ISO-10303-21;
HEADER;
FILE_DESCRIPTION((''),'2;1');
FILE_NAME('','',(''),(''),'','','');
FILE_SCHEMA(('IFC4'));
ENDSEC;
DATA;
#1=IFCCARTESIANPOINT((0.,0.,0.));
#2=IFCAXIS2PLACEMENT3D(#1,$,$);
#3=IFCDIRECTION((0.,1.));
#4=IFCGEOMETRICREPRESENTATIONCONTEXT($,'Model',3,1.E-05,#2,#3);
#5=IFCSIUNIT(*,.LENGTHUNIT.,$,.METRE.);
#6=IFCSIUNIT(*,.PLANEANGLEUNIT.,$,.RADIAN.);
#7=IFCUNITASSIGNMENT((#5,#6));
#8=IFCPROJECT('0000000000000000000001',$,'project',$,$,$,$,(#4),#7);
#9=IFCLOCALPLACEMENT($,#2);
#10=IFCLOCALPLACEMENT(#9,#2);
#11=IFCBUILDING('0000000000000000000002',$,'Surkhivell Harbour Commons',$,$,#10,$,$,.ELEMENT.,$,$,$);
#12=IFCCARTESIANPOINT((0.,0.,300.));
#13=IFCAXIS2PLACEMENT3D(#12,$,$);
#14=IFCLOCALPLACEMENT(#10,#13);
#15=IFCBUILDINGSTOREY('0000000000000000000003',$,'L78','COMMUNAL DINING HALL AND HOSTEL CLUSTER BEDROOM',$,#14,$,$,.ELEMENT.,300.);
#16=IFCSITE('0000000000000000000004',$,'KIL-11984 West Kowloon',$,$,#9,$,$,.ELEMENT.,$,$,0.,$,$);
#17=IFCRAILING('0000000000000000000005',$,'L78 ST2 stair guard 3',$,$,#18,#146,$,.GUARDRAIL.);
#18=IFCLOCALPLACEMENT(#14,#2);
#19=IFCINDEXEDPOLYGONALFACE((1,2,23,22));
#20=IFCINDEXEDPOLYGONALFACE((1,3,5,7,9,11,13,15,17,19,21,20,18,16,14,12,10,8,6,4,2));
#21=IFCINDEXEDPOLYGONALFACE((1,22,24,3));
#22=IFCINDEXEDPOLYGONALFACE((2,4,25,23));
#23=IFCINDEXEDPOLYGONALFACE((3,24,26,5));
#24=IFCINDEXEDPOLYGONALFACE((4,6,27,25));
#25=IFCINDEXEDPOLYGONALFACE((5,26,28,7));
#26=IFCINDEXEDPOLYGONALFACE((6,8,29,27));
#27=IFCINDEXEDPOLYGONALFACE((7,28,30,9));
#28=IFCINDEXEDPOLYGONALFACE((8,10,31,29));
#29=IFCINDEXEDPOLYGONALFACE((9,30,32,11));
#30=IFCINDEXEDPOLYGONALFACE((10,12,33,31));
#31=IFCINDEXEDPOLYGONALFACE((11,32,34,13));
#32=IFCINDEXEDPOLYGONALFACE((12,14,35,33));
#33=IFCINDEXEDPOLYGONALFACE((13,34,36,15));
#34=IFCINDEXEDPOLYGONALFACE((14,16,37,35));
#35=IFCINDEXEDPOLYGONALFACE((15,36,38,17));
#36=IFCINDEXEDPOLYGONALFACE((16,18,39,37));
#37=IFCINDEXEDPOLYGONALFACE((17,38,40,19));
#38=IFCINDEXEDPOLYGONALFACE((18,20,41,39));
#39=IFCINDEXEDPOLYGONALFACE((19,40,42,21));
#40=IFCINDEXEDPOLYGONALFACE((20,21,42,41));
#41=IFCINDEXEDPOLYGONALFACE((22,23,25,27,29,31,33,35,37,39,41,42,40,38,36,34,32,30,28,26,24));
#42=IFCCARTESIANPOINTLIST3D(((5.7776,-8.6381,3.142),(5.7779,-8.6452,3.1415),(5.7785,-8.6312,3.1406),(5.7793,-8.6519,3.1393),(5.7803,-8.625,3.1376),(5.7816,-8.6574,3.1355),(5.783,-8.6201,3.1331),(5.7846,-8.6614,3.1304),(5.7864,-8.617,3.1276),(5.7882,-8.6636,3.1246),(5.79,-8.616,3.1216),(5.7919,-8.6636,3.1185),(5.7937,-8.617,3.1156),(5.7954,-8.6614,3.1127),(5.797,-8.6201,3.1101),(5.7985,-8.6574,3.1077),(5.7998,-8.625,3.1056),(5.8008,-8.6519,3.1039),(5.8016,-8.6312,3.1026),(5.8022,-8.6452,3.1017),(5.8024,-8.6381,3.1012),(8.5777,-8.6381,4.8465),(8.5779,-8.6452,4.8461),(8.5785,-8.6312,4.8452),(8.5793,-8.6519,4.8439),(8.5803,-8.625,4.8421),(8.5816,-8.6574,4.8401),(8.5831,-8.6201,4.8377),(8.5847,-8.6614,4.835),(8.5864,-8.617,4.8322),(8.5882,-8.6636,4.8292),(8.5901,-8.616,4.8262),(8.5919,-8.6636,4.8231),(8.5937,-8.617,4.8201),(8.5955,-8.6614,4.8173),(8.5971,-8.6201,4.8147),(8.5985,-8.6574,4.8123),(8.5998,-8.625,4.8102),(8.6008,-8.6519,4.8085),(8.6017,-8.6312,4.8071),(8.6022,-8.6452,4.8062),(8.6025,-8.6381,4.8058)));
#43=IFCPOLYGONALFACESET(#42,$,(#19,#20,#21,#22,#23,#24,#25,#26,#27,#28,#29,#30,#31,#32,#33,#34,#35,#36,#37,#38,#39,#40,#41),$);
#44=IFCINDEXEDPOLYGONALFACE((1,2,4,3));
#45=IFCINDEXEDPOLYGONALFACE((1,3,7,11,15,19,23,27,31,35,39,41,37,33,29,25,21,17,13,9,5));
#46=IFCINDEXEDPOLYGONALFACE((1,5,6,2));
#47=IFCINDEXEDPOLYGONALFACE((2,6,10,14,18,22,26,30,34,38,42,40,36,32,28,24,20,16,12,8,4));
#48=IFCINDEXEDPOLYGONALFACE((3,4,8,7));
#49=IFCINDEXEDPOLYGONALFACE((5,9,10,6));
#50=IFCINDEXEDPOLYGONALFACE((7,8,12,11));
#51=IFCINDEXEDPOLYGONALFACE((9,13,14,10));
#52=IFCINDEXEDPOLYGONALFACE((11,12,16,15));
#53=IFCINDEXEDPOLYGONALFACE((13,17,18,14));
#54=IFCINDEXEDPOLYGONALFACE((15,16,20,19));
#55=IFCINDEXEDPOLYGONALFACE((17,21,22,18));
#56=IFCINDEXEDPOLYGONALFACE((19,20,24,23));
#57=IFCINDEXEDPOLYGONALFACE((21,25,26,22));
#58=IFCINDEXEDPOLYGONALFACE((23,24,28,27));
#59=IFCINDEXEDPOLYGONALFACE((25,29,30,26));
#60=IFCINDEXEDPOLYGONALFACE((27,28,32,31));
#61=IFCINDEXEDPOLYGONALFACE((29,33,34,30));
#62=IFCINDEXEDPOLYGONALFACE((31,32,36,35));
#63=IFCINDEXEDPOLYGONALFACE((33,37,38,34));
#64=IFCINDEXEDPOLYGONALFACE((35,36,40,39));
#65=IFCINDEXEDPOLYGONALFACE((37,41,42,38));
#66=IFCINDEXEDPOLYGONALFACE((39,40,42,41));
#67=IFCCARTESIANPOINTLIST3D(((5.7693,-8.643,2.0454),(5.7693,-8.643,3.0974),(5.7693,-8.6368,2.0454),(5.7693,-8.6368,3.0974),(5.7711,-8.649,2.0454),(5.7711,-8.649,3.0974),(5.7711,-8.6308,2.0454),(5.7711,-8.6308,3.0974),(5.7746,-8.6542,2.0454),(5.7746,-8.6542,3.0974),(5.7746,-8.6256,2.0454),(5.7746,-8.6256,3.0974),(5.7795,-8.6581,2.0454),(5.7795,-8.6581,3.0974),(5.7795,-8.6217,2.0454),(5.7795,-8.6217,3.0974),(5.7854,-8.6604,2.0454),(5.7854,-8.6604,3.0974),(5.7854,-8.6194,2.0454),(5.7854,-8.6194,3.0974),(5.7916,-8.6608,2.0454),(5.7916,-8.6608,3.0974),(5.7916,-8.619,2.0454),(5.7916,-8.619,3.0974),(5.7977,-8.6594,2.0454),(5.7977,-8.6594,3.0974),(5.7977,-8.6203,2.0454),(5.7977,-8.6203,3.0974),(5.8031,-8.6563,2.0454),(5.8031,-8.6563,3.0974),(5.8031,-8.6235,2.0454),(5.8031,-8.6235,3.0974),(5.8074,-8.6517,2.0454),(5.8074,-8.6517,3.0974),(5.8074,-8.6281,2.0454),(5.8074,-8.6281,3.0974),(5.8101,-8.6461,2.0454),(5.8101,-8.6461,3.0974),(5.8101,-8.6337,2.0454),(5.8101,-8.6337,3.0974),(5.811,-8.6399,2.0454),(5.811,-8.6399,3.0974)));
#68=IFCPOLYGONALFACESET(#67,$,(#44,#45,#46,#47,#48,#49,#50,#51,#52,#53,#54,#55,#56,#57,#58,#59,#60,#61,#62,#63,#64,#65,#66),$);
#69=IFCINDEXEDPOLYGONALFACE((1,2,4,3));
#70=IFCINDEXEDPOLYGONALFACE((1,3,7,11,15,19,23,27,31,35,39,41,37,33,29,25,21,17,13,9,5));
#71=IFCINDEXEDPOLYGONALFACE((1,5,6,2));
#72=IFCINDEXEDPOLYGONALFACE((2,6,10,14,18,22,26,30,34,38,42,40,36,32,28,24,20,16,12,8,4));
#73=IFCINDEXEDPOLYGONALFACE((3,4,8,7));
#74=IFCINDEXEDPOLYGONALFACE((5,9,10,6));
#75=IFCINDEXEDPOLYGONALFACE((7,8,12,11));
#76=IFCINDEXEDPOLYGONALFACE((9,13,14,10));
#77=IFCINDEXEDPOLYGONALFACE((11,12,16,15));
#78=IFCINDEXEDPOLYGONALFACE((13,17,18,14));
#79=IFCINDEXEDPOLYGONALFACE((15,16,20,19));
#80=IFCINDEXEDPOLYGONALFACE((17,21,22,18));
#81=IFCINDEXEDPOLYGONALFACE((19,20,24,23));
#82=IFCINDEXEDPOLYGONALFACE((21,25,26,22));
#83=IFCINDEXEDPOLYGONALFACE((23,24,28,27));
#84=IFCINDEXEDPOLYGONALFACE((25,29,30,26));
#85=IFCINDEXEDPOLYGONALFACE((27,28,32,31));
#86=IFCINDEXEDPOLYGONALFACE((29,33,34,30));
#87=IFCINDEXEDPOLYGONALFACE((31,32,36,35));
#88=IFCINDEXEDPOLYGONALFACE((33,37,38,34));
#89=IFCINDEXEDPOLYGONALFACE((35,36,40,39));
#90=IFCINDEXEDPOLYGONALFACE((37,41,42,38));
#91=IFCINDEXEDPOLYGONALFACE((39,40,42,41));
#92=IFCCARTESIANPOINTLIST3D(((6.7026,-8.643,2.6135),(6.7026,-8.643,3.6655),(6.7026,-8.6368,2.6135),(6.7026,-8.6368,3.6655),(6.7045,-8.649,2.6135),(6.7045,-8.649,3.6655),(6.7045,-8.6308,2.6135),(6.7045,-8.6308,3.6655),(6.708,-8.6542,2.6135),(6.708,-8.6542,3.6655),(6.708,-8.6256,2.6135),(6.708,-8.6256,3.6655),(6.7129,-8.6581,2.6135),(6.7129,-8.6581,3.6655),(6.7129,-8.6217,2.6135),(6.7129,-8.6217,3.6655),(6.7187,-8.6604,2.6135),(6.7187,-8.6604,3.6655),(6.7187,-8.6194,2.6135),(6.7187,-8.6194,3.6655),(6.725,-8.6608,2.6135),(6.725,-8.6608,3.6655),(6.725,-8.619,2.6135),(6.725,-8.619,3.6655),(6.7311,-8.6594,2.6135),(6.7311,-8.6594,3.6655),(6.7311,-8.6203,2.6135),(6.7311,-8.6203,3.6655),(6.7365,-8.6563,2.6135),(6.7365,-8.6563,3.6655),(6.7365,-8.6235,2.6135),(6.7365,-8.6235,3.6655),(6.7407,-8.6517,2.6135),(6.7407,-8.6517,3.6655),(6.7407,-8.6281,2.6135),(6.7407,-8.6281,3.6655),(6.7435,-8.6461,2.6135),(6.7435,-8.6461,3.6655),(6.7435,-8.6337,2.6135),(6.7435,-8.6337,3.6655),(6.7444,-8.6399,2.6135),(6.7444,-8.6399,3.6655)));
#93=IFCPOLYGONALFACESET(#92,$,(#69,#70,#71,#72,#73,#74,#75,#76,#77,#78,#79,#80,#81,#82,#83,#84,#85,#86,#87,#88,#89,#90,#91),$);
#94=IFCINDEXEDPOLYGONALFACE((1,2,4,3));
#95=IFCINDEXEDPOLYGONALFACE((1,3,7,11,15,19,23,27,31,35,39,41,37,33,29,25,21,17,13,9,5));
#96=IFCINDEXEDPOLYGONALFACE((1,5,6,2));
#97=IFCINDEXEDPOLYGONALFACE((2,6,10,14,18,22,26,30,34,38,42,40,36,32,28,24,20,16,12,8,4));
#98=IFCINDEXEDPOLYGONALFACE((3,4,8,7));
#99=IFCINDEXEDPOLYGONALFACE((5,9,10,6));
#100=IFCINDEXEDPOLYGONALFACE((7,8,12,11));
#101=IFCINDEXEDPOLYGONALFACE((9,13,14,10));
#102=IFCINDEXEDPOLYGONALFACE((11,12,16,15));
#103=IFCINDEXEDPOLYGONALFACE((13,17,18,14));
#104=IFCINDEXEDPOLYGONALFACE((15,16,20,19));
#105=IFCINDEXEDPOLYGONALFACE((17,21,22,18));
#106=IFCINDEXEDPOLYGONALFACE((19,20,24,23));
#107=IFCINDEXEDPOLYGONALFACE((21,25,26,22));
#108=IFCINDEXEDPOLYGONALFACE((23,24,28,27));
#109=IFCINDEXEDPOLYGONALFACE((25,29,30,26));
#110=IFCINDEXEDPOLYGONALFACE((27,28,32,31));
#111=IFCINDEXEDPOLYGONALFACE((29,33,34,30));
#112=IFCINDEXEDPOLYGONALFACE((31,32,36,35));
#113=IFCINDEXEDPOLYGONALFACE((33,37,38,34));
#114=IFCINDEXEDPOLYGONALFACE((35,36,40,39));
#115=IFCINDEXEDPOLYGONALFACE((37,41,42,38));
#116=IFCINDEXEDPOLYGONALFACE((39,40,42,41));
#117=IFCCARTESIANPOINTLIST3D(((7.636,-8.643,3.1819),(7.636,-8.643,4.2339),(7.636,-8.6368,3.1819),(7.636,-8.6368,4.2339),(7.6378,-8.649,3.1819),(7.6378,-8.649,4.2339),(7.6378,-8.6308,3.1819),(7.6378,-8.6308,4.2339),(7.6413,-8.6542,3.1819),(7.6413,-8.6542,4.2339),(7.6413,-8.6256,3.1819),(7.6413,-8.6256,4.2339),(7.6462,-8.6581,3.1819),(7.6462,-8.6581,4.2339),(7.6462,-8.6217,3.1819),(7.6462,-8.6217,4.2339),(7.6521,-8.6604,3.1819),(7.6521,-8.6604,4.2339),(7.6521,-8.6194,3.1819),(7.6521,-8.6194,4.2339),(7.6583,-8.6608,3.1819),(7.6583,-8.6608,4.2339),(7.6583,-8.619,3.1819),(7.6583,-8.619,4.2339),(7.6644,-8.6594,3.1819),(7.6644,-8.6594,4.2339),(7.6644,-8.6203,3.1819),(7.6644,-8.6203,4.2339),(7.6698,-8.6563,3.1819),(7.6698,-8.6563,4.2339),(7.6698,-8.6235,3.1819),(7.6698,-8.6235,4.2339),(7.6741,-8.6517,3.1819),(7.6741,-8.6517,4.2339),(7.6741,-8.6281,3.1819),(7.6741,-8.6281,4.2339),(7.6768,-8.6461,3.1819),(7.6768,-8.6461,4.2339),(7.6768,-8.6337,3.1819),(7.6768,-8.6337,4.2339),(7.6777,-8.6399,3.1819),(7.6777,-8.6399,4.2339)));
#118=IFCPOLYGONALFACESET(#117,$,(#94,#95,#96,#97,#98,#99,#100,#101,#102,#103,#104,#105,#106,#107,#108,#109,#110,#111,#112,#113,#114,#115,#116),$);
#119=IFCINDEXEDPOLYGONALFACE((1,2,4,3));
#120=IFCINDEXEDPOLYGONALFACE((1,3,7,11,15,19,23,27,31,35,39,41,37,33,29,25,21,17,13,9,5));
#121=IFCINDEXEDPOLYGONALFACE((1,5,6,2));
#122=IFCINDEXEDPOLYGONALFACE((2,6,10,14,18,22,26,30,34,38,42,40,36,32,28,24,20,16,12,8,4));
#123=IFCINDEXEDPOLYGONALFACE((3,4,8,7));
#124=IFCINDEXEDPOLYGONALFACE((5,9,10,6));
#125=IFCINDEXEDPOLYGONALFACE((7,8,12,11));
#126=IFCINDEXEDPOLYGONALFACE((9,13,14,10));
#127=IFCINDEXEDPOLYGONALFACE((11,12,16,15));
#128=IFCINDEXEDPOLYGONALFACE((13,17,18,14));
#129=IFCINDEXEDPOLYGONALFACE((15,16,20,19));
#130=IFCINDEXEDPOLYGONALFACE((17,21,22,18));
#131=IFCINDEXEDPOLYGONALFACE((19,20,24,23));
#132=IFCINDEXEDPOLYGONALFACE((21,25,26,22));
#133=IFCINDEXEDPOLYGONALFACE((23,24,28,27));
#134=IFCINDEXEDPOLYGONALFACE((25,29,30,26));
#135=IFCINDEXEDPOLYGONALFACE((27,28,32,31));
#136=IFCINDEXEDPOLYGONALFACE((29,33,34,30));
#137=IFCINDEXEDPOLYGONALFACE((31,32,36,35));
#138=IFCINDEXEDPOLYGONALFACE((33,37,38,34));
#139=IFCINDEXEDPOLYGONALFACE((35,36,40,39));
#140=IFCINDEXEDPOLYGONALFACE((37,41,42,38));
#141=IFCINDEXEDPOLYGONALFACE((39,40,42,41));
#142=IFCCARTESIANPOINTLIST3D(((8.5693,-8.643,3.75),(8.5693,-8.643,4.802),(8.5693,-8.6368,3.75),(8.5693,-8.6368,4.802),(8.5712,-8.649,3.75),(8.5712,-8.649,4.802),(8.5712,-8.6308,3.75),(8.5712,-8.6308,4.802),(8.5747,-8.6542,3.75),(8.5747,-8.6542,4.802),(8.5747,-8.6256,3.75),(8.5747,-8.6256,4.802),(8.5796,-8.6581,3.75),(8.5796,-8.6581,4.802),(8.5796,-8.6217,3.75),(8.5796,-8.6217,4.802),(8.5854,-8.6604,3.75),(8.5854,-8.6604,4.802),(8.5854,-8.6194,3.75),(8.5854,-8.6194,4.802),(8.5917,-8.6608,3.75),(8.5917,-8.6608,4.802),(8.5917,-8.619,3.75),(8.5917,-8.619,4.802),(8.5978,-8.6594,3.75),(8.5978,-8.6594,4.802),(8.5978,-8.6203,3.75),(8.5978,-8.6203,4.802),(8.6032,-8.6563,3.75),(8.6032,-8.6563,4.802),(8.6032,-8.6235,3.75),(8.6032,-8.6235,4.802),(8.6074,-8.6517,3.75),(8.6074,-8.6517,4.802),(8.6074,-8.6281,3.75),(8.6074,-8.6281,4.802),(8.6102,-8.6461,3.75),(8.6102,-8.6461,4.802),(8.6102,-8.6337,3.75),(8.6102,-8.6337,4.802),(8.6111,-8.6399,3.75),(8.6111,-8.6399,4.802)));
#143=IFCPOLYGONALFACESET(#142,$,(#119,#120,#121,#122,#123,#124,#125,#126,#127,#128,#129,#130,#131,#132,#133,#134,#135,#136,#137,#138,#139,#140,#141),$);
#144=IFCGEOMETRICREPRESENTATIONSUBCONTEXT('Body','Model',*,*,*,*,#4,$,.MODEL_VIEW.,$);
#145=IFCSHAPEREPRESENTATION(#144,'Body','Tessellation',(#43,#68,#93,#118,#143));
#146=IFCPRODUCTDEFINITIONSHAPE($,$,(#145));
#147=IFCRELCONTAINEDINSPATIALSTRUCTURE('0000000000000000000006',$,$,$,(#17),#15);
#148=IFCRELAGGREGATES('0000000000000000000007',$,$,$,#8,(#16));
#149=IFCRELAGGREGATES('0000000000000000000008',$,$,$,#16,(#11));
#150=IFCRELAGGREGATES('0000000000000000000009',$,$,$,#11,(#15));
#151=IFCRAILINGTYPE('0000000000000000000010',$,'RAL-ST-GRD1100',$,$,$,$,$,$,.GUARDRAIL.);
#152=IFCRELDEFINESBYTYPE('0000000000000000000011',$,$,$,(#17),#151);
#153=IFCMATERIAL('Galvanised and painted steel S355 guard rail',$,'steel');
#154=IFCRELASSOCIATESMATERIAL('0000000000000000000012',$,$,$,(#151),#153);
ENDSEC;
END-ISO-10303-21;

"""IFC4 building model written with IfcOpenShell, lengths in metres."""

from ifc_helpers import new_model, si_unit, direction, frame, origin, origin_2d, place, context, subcontext, project, spatial, circle, extrude, material, type_object, element, save


model = new_model("IFC4")

# Units and contexts
model_context = context("Model", 3, precision=1e-05, world=origin(), true_north=direction((0.0, 1.0)))
body_context = subcontext(model_context, "Body", "Model", "MODEL_VIEW")
ifc_project = project(units=[si_unit("LENGTHUNIT", "METRE"), si_unit("PLANEANGLEUNIT", "RADIAN")], contexts=[model_context])

# Site, building, storey
site_placement = place(None, origin())
site = spatial("IfcSite", under=ifc_project, at=site_placement, Name="KIL-11984 West Kowloon", CompositionType="ELEMENT", RefElevation=0.0)
building_placement = place(site_placement, origin())
building = spatial("IfcBuilding", under=site, at=building_placement, Name="Surkhivell Harbour Commons", CompositionType="ELEMENT")
storey_placement = place(building_placement, frame((0.0, 0.0, 300.0)))
storey = spatial("IfcBuildingStorey", under=building, at=storey_placement, Name="L78", Description="COMMUNAL DINING HALL AND HOSTEL CLUSTER BEDROOM", CompositionType="ELEMENT", Elevation=300.0)

# Railing
ifc_material_1 = material(Name="Galvanised and painted steel S355 guard rail", Category="steel")
railing_type_1 = type_object("IfcRailingType", Name="RAL-ST-GRD1100", PredefinedType="GUARDRAIL", material=ifc_material_1)
railing_1_placement = place(storey_placement, frame((5.79, -8.6399, 2.0454)))
element("IfcRailing", 1, at=railing_1_placement, inside=storey, type_object=railing_type_1, Name="L78 ST2 stair guard 3", PredefinedType="GUARDRAIL", context=body_context, shape_type="SweptSolid", body=[
    extrude(circle(Radius=0.0239, at=origin_2d()), frame((0.0, 0.0, 1.0762), z_axis=(0.85417, 0.0, 0.519994), x_axis=(0.0, 1.0, 0.0)), (0.0, 0.0, 1.0), 3.2781),
    extrude(circle(Radius=0.021, at=origin_2d()), origin(), (0.0, 0.0, 1.0), 1.052),
    extrude(circle(Radius=0.021, at=origin_2d()), frame((0.9333, 0.0, 0.5681)), (0.0, 0.0, 1.0), 1.052),
    extrude(circle(Radius=0.021, at=origin_2d()), frame((1.8667, 0.0, 1.1365)), (0.0, 0.0, 1.0), 1.052),
    extrude(circle(Radius=0.021, at=origin_2d()), frame((2.8, 0.0, 1.7046)), (0.0, 0.0, 1.0), 1.052),
])

save(model, "model.ifc")
